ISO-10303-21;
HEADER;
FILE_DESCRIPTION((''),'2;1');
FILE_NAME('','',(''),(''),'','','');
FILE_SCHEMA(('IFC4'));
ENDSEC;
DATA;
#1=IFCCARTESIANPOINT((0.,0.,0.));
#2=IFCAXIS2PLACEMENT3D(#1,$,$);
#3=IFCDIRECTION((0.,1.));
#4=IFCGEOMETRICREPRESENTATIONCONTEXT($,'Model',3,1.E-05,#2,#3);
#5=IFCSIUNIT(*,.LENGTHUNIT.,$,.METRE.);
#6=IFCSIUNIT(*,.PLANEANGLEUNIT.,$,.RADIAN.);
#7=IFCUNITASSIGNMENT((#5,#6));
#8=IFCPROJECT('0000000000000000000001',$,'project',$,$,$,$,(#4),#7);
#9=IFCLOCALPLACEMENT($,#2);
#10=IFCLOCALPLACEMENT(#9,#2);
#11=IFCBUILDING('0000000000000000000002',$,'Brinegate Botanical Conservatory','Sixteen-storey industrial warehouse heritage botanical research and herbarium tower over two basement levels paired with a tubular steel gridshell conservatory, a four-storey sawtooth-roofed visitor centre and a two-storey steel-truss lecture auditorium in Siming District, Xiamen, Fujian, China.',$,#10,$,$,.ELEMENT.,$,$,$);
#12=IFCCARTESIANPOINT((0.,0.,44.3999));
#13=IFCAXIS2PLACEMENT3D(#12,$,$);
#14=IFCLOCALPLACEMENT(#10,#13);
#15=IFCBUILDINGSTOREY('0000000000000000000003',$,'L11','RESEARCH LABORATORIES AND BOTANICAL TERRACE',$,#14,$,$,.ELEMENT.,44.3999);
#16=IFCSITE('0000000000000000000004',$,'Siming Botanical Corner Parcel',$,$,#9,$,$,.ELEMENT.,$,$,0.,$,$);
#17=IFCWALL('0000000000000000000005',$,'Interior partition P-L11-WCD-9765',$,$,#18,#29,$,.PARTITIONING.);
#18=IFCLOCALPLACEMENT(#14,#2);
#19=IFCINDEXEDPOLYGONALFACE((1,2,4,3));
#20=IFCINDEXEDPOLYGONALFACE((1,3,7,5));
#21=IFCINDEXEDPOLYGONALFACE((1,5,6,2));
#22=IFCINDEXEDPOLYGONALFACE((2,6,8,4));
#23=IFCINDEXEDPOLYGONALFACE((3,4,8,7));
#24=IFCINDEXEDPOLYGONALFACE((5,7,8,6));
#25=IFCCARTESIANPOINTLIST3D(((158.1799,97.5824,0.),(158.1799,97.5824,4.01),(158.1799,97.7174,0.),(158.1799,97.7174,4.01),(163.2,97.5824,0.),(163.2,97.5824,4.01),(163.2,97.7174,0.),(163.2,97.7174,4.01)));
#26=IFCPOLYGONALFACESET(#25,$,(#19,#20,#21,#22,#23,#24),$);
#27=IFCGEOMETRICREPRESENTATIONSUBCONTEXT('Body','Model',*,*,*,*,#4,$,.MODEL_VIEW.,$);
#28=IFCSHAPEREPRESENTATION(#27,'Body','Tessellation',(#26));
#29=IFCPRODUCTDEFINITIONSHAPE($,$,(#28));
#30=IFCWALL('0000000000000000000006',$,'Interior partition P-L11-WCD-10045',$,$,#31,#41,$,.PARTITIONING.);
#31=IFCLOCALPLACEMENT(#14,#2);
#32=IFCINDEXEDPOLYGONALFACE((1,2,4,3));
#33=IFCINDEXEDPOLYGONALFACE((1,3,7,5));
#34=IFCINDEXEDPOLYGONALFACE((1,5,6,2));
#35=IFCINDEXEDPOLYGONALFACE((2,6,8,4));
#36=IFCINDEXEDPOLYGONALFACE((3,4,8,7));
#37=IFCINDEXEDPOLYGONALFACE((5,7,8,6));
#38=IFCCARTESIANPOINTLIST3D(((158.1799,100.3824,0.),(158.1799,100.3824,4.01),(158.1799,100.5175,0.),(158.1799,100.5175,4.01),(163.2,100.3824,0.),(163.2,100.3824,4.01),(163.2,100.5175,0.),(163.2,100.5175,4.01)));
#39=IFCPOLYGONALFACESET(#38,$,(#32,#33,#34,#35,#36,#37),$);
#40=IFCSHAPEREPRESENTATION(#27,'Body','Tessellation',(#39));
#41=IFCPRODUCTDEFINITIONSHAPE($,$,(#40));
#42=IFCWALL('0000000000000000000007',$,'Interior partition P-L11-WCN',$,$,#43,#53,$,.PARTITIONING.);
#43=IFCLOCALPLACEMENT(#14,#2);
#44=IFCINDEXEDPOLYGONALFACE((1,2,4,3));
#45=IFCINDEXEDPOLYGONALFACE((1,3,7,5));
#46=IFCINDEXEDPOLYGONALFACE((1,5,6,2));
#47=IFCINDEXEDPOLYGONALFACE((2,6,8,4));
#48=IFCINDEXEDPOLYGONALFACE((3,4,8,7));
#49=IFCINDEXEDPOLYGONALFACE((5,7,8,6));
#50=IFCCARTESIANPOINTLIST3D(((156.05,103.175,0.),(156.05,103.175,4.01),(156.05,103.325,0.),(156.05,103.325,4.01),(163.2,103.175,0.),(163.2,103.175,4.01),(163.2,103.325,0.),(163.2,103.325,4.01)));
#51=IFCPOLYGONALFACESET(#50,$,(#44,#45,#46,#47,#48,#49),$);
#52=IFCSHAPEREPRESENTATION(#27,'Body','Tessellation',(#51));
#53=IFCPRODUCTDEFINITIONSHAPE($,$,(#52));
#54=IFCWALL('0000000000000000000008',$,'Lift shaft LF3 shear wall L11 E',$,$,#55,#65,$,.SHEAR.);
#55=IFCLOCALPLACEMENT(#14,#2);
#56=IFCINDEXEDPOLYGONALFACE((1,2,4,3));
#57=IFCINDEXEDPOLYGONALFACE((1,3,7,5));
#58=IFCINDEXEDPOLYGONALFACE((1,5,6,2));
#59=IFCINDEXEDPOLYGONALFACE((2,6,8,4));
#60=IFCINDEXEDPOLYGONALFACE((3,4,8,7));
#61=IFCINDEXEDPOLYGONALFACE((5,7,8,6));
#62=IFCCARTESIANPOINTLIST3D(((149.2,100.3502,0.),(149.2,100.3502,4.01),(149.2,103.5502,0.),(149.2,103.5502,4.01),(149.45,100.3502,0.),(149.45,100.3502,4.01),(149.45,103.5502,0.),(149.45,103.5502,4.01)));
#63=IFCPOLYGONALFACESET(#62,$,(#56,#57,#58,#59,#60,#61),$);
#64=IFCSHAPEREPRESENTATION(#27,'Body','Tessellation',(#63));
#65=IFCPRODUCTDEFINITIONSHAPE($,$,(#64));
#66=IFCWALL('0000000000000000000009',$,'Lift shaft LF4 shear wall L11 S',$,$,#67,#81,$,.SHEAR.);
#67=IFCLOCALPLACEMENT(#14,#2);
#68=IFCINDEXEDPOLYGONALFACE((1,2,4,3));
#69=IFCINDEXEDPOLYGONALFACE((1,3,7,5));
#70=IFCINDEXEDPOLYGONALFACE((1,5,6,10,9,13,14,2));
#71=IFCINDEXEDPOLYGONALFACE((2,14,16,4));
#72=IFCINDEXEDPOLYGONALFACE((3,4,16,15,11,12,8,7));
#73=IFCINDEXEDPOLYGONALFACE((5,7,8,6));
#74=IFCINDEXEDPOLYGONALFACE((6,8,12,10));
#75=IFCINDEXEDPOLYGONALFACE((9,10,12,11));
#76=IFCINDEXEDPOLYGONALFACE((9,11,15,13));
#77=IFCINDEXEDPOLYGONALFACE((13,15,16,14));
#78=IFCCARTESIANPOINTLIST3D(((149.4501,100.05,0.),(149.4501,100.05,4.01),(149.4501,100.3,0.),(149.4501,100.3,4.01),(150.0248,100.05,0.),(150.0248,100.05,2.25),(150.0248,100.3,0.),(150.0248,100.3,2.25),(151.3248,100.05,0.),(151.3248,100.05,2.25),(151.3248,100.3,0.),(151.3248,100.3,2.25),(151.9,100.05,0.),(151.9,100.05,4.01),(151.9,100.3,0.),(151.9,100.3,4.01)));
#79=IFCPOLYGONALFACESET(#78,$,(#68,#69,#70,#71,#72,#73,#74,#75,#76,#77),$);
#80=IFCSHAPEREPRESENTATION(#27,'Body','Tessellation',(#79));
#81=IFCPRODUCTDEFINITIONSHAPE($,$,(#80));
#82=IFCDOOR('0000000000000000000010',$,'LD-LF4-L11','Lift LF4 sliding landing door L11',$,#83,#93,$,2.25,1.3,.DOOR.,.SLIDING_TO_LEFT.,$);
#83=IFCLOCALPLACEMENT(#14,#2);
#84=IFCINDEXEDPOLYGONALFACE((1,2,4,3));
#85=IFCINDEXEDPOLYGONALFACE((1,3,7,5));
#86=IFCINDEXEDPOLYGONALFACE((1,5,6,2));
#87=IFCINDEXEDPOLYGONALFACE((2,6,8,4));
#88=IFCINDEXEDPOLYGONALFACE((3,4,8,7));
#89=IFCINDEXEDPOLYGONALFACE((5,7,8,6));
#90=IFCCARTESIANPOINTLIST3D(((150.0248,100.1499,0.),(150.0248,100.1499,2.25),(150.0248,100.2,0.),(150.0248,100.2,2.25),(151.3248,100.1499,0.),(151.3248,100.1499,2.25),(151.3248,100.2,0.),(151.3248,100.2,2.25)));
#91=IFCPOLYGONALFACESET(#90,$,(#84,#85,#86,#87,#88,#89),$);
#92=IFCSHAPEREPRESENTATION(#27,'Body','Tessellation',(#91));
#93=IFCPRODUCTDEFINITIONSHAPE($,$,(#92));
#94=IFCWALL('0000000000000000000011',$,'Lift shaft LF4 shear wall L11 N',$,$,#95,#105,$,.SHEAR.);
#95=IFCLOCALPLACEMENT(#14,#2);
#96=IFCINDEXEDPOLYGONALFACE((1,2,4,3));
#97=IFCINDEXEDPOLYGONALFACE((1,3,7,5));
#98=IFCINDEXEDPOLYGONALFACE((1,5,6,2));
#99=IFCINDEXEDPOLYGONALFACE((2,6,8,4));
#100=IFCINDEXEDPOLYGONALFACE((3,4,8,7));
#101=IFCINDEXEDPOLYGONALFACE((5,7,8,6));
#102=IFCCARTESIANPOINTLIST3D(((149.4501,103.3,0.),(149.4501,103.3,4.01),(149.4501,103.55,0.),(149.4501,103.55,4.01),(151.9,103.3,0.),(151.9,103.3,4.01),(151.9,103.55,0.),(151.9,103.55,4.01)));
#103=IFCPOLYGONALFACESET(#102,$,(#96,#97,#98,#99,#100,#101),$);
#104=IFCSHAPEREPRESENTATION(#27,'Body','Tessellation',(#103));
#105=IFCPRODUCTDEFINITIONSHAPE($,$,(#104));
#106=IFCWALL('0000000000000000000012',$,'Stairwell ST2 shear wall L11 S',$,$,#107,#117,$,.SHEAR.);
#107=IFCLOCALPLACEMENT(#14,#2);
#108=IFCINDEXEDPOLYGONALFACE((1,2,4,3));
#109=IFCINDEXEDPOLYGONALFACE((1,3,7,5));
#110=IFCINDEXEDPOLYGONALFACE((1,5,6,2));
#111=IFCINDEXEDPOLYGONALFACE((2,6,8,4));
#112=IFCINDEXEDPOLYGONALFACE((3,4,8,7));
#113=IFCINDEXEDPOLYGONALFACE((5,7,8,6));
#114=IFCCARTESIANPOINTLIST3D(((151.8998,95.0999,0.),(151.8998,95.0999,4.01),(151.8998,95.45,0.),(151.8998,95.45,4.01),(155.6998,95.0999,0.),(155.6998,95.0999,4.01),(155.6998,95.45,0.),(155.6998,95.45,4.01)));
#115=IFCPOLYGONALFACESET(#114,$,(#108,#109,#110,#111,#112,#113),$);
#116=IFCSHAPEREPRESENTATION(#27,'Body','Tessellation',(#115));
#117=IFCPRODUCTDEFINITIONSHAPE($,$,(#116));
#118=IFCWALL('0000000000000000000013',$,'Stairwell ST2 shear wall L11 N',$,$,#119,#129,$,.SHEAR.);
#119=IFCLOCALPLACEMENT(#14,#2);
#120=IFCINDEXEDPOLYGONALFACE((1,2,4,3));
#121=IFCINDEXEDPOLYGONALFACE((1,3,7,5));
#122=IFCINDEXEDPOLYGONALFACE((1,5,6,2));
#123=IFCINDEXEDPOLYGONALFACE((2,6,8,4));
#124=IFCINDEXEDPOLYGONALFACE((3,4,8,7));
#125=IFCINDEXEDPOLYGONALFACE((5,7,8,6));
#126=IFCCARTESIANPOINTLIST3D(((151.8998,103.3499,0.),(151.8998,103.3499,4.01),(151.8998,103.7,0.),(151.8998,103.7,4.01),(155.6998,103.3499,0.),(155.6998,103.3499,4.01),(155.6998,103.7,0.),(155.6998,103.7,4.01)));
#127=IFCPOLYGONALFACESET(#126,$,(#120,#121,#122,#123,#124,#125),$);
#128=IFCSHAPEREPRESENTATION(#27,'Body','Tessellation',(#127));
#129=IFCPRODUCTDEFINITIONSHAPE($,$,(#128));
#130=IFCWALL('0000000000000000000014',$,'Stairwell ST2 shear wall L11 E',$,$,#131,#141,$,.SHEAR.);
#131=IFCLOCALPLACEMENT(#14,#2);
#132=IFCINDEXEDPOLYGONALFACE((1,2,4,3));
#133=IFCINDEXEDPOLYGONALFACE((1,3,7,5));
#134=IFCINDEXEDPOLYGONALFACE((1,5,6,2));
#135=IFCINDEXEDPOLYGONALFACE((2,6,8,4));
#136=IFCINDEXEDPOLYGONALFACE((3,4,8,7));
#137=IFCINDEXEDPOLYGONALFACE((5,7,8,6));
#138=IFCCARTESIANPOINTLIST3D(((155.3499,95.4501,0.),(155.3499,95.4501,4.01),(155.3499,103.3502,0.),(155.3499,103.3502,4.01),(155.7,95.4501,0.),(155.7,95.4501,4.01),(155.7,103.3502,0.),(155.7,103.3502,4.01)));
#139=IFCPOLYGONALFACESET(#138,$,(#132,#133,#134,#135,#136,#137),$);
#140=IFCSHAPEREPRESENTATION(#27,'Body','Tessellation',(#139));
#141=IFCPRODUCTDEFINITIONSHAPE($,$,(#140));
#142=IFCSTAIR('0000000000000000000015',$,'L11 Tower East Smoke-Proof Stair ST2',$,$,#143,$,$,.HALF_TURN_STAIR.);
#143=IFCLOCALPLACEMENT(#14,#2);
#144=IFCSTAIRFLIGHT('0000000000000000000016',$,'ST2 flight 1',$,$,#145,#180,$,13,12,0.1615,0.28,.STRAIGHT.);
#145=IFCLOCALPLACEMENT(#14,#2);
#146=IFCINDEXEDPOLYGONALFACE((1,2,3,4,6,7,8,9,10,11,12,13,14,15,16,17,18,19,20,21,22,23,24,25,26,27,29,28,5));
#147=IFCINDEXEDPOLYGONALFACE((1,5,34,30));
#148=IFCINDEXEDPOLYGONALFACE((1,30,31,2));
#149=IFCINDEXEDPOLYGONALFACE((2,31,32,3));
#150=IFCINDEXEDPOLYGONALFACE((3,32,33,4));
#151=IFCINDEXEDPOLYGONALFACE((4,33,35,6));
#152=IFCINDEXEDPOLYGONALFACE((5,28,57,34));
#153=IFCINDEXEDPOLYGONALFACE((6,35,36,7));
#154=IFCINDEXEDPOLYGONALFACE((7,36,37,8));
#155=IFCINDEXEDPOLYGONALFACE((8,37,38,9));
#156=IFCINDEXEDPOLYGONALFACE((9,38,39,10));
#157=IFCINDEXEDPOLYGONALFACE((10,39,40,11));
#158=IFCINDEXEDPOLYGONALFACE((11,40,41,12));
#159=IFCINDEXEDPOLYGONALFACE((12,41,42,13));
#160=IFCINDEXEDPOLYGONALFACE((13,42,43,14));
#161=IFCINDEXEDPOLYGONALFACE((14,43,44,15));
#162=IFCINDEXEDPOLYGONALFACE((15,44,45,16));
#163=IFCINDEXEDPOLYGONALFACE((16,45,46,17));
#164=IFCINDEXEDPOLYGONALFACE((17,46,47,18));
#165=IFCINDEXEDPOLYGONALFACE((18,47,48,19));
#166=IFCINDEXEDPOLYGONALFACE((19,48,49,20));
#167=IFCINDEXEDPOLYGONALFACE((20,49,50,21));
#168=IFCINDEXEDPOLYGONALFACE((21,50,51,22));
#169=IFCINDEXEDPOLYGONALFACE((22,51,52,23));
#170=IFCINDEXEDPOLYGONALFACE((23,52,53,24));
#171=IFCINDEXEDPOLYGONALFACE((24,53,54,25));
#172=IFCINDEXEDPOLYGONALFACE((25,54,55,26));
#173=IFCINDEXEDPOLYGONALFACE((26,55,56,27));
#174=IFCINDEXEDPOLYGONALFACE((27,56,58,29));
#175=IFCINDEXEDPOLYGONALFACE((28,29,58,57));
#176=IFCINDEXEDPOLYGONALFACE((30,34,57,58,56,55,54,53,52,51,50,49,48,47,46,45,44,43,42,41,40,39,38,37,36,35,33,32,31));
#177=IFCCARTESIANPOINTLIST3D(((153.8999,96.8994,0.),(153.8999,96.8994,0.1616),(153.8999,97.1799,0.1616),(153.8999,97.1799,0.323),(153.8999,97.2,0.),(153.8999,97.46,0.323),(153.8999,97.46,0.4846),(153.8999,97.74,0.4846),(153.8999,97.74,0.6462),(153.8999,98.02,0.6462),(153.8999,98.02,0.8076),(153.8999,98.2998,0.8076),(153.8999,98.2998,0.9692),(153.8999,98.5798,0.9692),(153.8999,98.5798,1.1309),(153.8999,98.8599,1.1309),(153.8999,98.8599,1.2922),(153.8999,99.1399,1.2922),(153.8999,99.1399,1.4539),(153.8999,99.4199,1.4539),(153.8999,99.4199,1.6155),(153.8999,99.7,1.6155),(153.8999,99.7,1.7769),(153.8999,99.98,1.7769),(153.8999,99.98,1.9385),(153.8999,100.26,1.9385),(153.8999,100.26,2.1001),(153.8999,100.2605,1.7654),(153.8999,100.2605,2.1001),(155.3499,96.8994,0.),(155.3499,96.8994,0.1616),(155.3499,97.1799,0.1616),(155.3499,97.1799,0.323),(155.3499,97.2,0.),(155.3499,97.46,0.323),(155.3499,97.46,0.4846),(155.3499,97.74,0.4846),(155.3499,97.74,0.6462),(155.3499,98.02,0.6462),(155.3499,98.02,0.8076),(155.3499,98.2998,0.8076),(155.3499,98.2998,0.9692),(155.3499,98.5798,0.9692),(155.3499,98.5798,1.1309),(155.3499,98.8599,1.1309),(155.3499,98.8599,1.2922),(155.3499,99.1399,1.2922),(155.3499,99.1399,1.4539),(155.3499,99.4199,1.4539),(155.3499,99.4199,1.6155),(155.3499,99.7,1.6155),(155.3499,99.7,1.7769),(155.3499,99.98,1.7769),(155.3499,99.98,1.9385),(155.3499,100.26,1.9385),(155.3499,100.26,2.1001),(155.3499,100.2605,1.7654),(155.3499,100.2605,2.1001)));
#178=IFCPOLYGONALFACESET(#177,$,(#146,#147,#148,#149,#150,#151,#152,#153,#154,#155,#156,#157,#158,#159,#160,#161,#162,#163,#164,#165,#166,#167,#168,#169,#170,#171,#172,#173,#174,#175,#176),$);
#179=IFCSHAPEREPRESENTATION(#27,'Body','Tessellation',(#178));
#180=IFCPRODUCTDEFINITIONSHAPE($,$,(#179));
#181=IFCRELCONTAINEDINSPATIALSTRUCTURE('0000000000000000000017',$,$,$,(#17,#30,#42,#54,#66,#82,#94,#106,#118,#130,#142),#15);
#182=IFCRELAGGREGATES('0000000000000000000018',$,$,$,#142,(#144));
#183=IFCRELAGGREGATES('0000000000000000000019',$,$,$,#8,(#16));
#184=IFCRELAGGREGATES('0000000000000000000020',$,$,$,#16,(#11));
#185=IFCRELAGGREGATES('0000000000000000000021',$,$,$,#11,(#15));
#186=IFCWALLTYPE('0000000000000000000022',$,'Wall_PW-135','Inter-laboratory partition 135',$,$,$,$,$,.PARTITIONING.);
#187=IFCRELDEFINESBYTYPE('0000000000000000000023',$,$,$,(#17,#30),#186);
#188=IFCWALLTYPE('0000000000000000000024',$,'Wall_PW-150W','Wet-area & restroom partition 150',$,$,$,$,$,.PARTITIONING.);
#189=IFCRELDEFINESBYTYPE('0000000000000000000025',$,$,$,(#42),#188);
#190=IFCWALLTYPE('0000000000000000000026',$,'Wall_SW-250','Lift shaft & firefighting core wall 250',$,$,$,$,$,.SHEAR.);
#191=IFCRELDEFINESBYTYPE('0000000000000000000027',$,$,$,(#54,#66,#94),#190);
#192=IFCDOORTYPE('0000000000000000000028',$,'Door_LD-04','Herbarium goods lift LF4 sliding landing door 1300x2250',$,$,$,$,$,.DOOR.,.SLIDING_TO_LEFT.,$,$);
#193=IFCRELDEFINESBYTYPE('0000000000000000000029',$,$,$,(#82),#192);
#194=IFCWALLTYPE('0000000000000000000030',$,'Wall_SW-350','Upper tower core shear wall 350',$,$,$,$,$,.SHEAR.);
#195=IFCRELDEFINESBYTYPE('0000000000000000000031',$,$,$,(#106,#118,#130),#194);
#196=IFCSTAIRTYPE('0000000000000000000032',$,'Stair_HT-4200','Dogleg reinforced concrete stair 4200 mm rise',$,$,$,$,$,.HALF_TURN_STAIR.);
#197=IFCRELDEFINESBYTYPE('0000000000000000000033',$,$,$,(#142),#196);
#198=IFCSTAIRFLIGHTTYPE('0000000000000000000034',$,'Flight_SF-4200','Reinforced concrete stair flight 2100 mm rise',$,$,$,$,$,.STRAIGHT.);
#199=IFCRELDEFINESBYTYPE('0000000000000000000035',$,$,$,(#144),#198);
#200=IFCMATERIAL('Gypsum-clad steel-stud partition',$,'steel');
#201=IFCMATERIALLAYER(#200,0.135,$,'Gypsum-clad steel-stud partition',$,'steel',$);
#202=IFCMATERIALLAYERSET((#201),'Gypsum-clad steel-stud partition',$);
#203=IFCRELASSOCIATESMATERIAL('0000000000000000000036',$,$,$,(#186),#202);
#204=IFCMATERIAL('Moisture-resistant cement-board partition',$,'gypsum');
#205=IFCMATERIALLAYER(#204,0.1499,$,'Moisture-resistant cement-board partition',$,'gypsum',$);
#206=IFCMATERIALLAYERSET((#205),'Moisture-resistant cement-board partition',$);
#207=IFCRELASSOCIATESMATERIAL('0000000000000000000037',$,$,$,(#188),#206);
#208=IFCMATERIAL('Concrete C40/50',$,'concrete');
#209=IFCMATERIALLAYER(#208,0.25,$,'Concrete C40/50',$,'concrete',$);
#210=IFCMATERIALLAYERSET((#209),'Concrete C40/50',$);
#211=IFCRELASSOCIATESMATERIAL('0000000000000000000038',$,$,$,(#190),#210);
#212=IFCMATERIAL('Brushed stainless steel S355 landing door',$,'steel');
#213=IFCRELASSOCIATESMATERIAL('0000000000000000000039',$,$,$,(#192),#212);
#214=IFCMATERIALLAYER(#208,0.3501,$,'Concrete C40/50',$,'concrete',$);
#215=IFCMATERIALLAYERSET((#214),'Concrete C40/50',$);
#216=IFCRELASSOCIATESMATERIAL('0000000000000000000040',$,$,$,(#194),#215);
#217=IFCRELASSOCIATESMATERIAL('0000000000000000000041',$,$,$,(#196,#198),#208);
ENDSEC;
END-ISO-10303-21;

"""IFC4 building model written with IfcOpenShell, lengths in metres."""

from ifc_helpers import new_model, si_unit, direction, frame, frame_2d, origin, place, context, subcontext, project, spatial, polyline, rectangle, outline, extrude, material, layer, layer_set, type_object, element, fill, aggregate, save


model = new_model("IFC4")

# Units and contexts
model_context = context("Model", 3, precision=1e-05, world=origin(), true_north=direction((0.0, 1.0)))
body_context = subcontext(model_context, "Body", "Model", "MODEL_VIEW")
ifc_project = project(units=[si_unit("LENGTHUNIT", "METRE"), si_unit("PLANEANGLEUNIT", "RADIAN")], contexts=[model_context])

# Site, building, storey
site_placement = place(None, origin())
site = spatial("IfcSite", under=ifc_project, at=site_placement, Name="Siming Botanical Corner Parcel", CompositionType="ELEMENT", RefElevation=0.0)
building_placement = place(site_placement, origin())
building = spatial("IfcBuilding", under=site, at=building_placement, Name="Brinegate Botanical Conservatory", Description="Sixteen-storey industrial warehouse heritage botanical research and herbarium tower over two basement levels paired with a tubular steel gridshell conservatory, a four-storey sawtooth-roofed visitor centre and a two-storey steel-truss lecture auditorium in Siming District, Xiamen, Fujian, China.", CompositionType="ELEMENT")
storey_placement = place(building_placement, frame((0.0, 0.0, 44.3999)))
storey = spatial("IfcBuildingStorey", under=building, at=storey_placement, Name="L11", Description="RESEARCH LABORATORIES AND BOTANICAL TERRACE", CompositionType="ELEMENT", Elevation=44.3999)

# Shared definitions
ifc_material_1 = material(Name="Concrete C40/50", Category="concrete")

# Walls
ifc_material_2 = material(Name="Gypsum-clad steel-stud partition", Category="steel")
ifc_layer_1 = layer(ifc_material_2, 0.135, Name="Gypsum-clad steel-stud partition", Category="steel")
ifc_layer_set_1 = layer_set([ifc_layer_1], Name="Gypsum-clad steel-stud partition")
wall_type_1 = type_object("IfcWallType", Name="Wall_PW-135", Description="Inter-laboratory partition 135", PredefinedType="PARTITIONING", material=ifc_layer_set_1)
for number, where, z_axis, x_axis, name in (
    (1, (158.1799, 97.6499, 0.0), (0.0, 0.0, 1.0), (1.0, 0.0, 0.0), "Interior partition P-L11-WCD-9765"),
    (2, (158.1799, 100.45, 0.0), (0.0, 0.0, 1.0), (1.0, 0.0, 0.0), "Interior partition P-L11-WCD-10045"),
):
    element("IfcWall", number, at=place(storey_placement, frame(where, z_axis=z_axis, x_axis=x_axis)), inside=storey, type_object=wall_type_1, Name=name, PredefinedType="PARTITIONING", context=body_context, shape_type="SweptSolid", body=[
        extrude(rectangle(XDim=5.02, YDim=0.135, at=frame_2d((2.51, 0.0))), origin(), (0.0, 0.0, 1.0), 4.01),
    ])
ifc_material_3 = material(Name="Moisture-resistant cement-board partition", Category="gypsum")
ifc_layer_2 = layer(ifc_material_3, 0.1499, Name="Moisture-resistant cement-board partition", Category="gypsum")
ifc_layer_set_2 = layer_set([ifc_layer_2], Name="Moisture-resistant cement-board partition")
wall_type_2 = type_object("IfcWallType", Name="Wall_PW-150W", Description="Wet-area & restroom partition 150", PredefinedType="PARTITIONING", material=ifc_layer_set_2)
wall_1_placement = place(storey_placement, frame((156.05, 103.25, 0.0), z_axis=(0.0, 0.0, 1.0), x_axis=(1.0, 0.0, 0.0)))
element("IfcWall", 3, at=wall_1_placement, inside=storey, type_object=wall_type_2, Name="Interior partition P-L11-WCN", PredefinedType="PARTITIONING", context=body_context, shape_type="SweptSolid", body=[
    extrude(rectangle(XDim=7.1499, YDim=0.1499, at=frame_2d((3.575, 0.0))), origin(), (0.0, 0.0, 1.0), 4.01),
])
ifc_layer_3 = layer(ifc_material_1, 0.25, Name="Concrete C40/50", Category="concrete")
ifc_layer_set_3 = layer_set([ifc_layer_3], Name="Concrete C40/50")
wall_type_3 = type_object("IfcWallType", Name="Wall_SW-250", Description="Lift shaft & firefighting core wall 250", PredefinedType="SHEAR", material=ifc_layer_set_3)
wall_2_placement = place(storey_placement, frame((149.325, 100.3501, 0.0), z_axis=(0.0, 0.0, 1.0), x_axis=(0.0, 1.0, 0.0)))
element("IfcWall", 4, at=wall_2_placement, inside=storey, type_object=wall_type_3, Name="Lift shaft LF3 shear wall L11 E", PredefinedType="SHEAR", context=body_context, shape_type="SweptSolid", body=[
    extrude(rectangle(XDim=3.2, YDim=0.25, at=frame_2d((1.6001, 0.0))), origin(), (0.0, 0.0, 1.0), 4.01),
])

# Wall, opening, door
wall_3_placement = place(storey_placement, frame((149.45, 100.175, 0.0), z_axis=(0.0, 0.0, 1.0), x_axis=(1.0, 0.0, 0.0)))
wall_3 = element("IfcWall", 5, at=wall_3_placement, inside=storey, type_object=wall_type_3, Name="Lift shaft LF4 shear wall L11 S", PredefinedType="SHEAR", context=body_context, shape_type="SweptSolid", body=[
    extrude(rectangle(XDim=2.45, YDim=0.25, at=frame_2d((1.2251, 0.0))), origin(), (0.0, 0.0, 1.0), 4.01),
])
opening_1_placement = place(wall_3_placement, frame((0.575, 0.0, 0.0)))
opening_1 = element("IfcOpeningElement", 6, at=opening_1_placement, cuts=wall_3, PredefinedType="OPENING", context=body_context, shape_type="SweptSolid", body=[
    extrude(rectangle(XDim=1.3, YDim=2.25, at=frame_2d((0.6499, 1.125))), frame((0.0, 0.135, 0.0), z_axis=(0.0, -1.0, 0.0), x_axis=(1.0, 0.0, 0.0)), (0.0, 0.0, 1.0), 0.27),
])
ifc_material_4 = material(Name="Brushed stainless steel S355 landing door", Category="steel")
door_type_1 = type_object("IfcDoorType", Name="Door_LD-04", Description="Herbarium goods lift LF4 sliding landing door 1300x2250", OperationType="SLIDING_TO_LEFT", PredefinedType="DOOR", material=ifc_material_4)
door_1_placement = place(opening_1_placement, origin())
door_1 = element("IfcDoor", 7, at=door_1_placement, inside=storey, type_object=door_type_1, Name="LD-LF4-L11", Description="Lift LF4 sliding landing door L11", OperationType="SLIDING_TO_LEFT", OverallHeight=2.25, OverallWidth=1.3, PredefinedType="DOOR", context=body_context, shape_type="SweptSolid", body=[
    extrude(rectangle(XDim=1.3, YDim=2.25, at=frame_2d((0.6499, 1.125))), frame((0.0, 0.0249, 0.0), z_axis=(0.0, -1.0, 0.0), x_axis=(1.0, 0.0, 0.0)), (0.0, 0.0, 1.0), 0.05),
])
fill(opening_1, door_1)

# Walls
wall_4_placement = place(storey_placement, frame((149.45, 103.425, 0.0), z_axis=(0.0, 0.0, 1.0), x_axis=(1.0, 0.0, 0.0)))
element("IfcWall", 8, at=wall_4_placement, inside=storey, type_object=wall_type_3, Name="Lift shaft LF4 shear wall L11 N", PredefinedType="SHEAR", context=body_context, shape_type="SweptSolid", body=[
    extrude(rectangle(XDim=2.45, YDim=0.25, at=frame_2d((1.2251, 0.0))), origin(), (0.0, 0.0, 1.0), 4.01),
])
ifc_layer_4 = layer(ifc_material_1, 0.3501, Name="Concrete C40/50", Category="concrete")
ifc_layer_set_4 = layer_set([ifc_layer_4], Name="Concrete C40/50")
wall_type_4 = type_object("IfcWallType", Name="Wall_SW-350", Description="Upper tower core shear wall 350", PredefinedType="SHEAR", material=ifc_layer_set_4)
for number, where, z_axis, x_axis, name in (
    (9, (151.8999, 95.2749, 0.0), (0.0, 0.0, 1.0), (1.0, 0.0, 0.0), "Stairwell ST2 shear wall L11 S"),
    (10, (151.8999, 103.5249, 0.0), (0.0, 0.0, 1.0), (1.0, 0.0, 0.0), "Stairwell ST2 shear wall L11 N"),
):
    element("IfcWall", number, at=place(storey_placement, frame(where, z_axis=z_axis, x_axis=x_axis)), inside=storey, type_object=wall_type_4, Name=name, PredefinedType="SHEAR", context=body_context, shape_type="SweptSolid", body=[
        extrude(rectangle(XDim=3.8, YDim=0.3501, at=frame_2d((1.8999, 0.0))), origin(), (0.0, 0.0, 1.0), 4.01),
    ])

# Wall
wall_5_placement = place(storey_placement, frame((155.5249, 95.45, 0.0), z_axis=(0.0, 0.0, 1.0), x_axis=(0.0, 1.0, 0.0)))
element("IfcWall", 11, at=wall_5_placement, inside=storey, type_object=wall_type_4, Name="Stairwell ST2 shear wall L11 E", PredefinedType="SHEAR", context=body_context, shape_type="SweptSolid", body=[
    extrude(rectangle(XDim=7.9001, YDim=0.3501, at=frame_2d((3.9502, 0.0))), origin(), (0.0, 0.0, 1.0), 4.01),
])

# Stair, stair flight
stair_type = type_object("IfcStairType", Name="Stair_HT-4200", Description="Dogleg reinforced concrete stair 4200 mm rise", PredefinedType="HALF_TURN_STAIR", material=ifc_material_1)
stair_placement = place(storey_placement, origin())
stair = element("IfcStair", 12, at=stair_placement, inside=storey, type_object=stair_type, Name="L11 Tower East Smoke-Proof Stair ST2", PredefinedType="HALF_TURN_STAIR")
stair_flight_type = type_object("IfcStairFlightType", Name="Flight_SF-4200", Description="Reinforced concrete stair flight 2100 mm rise", PredefinedType="STRAIGHT", material=ifc_material_1)
stair_flight_1_placement = place(storey_placement, frame((154.625, 96.8999, 0.0), z_axis=(0.0, 0.0, 1.0), x_axis=(0.0, 1.0, 0.0)))
stair_flight_1 = element("IfcStairFlight", 13, at=stair_flight_1_placement, type_object=stair_flight_type, Name="ST2 flight 1", NumberOfRisers=13, NumberOfTreads=12, PredefinedType="STRAIGHT", RiserHeight=0.1615, TreadLength=0.28, context=body_context, shape_type="SweptSolid", body=[
    extrude(outline(polyline([(-0.0005, 0.0), (-0.0005, 0.1616), (0.28, 0.1616), (0.28, 0.323), (0.5601, 0.323), (0.5601, 0.4846), (0.8401, 0.4846), (0.8401, 0.6462), (1.1201, 0.6462), (1.1201, 0.8076), (1.3999, 0.8076), (1.3999, 0.9692), (1.6799, 0.9692), (1.6799, 1.1309), (1.96, 1.1309), (1.96, 1.2922), (2.24, 1.2922), (2.24, 1.4539), (2.52, 1.4539), (2.52, 1.6155), (2.8, 1.6155), (2.8, 1.7769), (3.0801, 1.7769), (3.0801, 1.9385), (3.3601, 1.9385), (3.3601, 2.1001), (3.3606, 2.1001), (3.3606, 1.7654), (0.3, 0.0), (-0.0005, 0.0)])), frame((0.0, 0.7251, 0.0), z_axis=(0.0, -1.0, 0.0), x_axis=(1.0, 0.0, 0.0)), (0.0, 0.0, 1.0), 1.45),
])
aggregate(stair, [stair_flight_1])

save(model, "model.ifc")
